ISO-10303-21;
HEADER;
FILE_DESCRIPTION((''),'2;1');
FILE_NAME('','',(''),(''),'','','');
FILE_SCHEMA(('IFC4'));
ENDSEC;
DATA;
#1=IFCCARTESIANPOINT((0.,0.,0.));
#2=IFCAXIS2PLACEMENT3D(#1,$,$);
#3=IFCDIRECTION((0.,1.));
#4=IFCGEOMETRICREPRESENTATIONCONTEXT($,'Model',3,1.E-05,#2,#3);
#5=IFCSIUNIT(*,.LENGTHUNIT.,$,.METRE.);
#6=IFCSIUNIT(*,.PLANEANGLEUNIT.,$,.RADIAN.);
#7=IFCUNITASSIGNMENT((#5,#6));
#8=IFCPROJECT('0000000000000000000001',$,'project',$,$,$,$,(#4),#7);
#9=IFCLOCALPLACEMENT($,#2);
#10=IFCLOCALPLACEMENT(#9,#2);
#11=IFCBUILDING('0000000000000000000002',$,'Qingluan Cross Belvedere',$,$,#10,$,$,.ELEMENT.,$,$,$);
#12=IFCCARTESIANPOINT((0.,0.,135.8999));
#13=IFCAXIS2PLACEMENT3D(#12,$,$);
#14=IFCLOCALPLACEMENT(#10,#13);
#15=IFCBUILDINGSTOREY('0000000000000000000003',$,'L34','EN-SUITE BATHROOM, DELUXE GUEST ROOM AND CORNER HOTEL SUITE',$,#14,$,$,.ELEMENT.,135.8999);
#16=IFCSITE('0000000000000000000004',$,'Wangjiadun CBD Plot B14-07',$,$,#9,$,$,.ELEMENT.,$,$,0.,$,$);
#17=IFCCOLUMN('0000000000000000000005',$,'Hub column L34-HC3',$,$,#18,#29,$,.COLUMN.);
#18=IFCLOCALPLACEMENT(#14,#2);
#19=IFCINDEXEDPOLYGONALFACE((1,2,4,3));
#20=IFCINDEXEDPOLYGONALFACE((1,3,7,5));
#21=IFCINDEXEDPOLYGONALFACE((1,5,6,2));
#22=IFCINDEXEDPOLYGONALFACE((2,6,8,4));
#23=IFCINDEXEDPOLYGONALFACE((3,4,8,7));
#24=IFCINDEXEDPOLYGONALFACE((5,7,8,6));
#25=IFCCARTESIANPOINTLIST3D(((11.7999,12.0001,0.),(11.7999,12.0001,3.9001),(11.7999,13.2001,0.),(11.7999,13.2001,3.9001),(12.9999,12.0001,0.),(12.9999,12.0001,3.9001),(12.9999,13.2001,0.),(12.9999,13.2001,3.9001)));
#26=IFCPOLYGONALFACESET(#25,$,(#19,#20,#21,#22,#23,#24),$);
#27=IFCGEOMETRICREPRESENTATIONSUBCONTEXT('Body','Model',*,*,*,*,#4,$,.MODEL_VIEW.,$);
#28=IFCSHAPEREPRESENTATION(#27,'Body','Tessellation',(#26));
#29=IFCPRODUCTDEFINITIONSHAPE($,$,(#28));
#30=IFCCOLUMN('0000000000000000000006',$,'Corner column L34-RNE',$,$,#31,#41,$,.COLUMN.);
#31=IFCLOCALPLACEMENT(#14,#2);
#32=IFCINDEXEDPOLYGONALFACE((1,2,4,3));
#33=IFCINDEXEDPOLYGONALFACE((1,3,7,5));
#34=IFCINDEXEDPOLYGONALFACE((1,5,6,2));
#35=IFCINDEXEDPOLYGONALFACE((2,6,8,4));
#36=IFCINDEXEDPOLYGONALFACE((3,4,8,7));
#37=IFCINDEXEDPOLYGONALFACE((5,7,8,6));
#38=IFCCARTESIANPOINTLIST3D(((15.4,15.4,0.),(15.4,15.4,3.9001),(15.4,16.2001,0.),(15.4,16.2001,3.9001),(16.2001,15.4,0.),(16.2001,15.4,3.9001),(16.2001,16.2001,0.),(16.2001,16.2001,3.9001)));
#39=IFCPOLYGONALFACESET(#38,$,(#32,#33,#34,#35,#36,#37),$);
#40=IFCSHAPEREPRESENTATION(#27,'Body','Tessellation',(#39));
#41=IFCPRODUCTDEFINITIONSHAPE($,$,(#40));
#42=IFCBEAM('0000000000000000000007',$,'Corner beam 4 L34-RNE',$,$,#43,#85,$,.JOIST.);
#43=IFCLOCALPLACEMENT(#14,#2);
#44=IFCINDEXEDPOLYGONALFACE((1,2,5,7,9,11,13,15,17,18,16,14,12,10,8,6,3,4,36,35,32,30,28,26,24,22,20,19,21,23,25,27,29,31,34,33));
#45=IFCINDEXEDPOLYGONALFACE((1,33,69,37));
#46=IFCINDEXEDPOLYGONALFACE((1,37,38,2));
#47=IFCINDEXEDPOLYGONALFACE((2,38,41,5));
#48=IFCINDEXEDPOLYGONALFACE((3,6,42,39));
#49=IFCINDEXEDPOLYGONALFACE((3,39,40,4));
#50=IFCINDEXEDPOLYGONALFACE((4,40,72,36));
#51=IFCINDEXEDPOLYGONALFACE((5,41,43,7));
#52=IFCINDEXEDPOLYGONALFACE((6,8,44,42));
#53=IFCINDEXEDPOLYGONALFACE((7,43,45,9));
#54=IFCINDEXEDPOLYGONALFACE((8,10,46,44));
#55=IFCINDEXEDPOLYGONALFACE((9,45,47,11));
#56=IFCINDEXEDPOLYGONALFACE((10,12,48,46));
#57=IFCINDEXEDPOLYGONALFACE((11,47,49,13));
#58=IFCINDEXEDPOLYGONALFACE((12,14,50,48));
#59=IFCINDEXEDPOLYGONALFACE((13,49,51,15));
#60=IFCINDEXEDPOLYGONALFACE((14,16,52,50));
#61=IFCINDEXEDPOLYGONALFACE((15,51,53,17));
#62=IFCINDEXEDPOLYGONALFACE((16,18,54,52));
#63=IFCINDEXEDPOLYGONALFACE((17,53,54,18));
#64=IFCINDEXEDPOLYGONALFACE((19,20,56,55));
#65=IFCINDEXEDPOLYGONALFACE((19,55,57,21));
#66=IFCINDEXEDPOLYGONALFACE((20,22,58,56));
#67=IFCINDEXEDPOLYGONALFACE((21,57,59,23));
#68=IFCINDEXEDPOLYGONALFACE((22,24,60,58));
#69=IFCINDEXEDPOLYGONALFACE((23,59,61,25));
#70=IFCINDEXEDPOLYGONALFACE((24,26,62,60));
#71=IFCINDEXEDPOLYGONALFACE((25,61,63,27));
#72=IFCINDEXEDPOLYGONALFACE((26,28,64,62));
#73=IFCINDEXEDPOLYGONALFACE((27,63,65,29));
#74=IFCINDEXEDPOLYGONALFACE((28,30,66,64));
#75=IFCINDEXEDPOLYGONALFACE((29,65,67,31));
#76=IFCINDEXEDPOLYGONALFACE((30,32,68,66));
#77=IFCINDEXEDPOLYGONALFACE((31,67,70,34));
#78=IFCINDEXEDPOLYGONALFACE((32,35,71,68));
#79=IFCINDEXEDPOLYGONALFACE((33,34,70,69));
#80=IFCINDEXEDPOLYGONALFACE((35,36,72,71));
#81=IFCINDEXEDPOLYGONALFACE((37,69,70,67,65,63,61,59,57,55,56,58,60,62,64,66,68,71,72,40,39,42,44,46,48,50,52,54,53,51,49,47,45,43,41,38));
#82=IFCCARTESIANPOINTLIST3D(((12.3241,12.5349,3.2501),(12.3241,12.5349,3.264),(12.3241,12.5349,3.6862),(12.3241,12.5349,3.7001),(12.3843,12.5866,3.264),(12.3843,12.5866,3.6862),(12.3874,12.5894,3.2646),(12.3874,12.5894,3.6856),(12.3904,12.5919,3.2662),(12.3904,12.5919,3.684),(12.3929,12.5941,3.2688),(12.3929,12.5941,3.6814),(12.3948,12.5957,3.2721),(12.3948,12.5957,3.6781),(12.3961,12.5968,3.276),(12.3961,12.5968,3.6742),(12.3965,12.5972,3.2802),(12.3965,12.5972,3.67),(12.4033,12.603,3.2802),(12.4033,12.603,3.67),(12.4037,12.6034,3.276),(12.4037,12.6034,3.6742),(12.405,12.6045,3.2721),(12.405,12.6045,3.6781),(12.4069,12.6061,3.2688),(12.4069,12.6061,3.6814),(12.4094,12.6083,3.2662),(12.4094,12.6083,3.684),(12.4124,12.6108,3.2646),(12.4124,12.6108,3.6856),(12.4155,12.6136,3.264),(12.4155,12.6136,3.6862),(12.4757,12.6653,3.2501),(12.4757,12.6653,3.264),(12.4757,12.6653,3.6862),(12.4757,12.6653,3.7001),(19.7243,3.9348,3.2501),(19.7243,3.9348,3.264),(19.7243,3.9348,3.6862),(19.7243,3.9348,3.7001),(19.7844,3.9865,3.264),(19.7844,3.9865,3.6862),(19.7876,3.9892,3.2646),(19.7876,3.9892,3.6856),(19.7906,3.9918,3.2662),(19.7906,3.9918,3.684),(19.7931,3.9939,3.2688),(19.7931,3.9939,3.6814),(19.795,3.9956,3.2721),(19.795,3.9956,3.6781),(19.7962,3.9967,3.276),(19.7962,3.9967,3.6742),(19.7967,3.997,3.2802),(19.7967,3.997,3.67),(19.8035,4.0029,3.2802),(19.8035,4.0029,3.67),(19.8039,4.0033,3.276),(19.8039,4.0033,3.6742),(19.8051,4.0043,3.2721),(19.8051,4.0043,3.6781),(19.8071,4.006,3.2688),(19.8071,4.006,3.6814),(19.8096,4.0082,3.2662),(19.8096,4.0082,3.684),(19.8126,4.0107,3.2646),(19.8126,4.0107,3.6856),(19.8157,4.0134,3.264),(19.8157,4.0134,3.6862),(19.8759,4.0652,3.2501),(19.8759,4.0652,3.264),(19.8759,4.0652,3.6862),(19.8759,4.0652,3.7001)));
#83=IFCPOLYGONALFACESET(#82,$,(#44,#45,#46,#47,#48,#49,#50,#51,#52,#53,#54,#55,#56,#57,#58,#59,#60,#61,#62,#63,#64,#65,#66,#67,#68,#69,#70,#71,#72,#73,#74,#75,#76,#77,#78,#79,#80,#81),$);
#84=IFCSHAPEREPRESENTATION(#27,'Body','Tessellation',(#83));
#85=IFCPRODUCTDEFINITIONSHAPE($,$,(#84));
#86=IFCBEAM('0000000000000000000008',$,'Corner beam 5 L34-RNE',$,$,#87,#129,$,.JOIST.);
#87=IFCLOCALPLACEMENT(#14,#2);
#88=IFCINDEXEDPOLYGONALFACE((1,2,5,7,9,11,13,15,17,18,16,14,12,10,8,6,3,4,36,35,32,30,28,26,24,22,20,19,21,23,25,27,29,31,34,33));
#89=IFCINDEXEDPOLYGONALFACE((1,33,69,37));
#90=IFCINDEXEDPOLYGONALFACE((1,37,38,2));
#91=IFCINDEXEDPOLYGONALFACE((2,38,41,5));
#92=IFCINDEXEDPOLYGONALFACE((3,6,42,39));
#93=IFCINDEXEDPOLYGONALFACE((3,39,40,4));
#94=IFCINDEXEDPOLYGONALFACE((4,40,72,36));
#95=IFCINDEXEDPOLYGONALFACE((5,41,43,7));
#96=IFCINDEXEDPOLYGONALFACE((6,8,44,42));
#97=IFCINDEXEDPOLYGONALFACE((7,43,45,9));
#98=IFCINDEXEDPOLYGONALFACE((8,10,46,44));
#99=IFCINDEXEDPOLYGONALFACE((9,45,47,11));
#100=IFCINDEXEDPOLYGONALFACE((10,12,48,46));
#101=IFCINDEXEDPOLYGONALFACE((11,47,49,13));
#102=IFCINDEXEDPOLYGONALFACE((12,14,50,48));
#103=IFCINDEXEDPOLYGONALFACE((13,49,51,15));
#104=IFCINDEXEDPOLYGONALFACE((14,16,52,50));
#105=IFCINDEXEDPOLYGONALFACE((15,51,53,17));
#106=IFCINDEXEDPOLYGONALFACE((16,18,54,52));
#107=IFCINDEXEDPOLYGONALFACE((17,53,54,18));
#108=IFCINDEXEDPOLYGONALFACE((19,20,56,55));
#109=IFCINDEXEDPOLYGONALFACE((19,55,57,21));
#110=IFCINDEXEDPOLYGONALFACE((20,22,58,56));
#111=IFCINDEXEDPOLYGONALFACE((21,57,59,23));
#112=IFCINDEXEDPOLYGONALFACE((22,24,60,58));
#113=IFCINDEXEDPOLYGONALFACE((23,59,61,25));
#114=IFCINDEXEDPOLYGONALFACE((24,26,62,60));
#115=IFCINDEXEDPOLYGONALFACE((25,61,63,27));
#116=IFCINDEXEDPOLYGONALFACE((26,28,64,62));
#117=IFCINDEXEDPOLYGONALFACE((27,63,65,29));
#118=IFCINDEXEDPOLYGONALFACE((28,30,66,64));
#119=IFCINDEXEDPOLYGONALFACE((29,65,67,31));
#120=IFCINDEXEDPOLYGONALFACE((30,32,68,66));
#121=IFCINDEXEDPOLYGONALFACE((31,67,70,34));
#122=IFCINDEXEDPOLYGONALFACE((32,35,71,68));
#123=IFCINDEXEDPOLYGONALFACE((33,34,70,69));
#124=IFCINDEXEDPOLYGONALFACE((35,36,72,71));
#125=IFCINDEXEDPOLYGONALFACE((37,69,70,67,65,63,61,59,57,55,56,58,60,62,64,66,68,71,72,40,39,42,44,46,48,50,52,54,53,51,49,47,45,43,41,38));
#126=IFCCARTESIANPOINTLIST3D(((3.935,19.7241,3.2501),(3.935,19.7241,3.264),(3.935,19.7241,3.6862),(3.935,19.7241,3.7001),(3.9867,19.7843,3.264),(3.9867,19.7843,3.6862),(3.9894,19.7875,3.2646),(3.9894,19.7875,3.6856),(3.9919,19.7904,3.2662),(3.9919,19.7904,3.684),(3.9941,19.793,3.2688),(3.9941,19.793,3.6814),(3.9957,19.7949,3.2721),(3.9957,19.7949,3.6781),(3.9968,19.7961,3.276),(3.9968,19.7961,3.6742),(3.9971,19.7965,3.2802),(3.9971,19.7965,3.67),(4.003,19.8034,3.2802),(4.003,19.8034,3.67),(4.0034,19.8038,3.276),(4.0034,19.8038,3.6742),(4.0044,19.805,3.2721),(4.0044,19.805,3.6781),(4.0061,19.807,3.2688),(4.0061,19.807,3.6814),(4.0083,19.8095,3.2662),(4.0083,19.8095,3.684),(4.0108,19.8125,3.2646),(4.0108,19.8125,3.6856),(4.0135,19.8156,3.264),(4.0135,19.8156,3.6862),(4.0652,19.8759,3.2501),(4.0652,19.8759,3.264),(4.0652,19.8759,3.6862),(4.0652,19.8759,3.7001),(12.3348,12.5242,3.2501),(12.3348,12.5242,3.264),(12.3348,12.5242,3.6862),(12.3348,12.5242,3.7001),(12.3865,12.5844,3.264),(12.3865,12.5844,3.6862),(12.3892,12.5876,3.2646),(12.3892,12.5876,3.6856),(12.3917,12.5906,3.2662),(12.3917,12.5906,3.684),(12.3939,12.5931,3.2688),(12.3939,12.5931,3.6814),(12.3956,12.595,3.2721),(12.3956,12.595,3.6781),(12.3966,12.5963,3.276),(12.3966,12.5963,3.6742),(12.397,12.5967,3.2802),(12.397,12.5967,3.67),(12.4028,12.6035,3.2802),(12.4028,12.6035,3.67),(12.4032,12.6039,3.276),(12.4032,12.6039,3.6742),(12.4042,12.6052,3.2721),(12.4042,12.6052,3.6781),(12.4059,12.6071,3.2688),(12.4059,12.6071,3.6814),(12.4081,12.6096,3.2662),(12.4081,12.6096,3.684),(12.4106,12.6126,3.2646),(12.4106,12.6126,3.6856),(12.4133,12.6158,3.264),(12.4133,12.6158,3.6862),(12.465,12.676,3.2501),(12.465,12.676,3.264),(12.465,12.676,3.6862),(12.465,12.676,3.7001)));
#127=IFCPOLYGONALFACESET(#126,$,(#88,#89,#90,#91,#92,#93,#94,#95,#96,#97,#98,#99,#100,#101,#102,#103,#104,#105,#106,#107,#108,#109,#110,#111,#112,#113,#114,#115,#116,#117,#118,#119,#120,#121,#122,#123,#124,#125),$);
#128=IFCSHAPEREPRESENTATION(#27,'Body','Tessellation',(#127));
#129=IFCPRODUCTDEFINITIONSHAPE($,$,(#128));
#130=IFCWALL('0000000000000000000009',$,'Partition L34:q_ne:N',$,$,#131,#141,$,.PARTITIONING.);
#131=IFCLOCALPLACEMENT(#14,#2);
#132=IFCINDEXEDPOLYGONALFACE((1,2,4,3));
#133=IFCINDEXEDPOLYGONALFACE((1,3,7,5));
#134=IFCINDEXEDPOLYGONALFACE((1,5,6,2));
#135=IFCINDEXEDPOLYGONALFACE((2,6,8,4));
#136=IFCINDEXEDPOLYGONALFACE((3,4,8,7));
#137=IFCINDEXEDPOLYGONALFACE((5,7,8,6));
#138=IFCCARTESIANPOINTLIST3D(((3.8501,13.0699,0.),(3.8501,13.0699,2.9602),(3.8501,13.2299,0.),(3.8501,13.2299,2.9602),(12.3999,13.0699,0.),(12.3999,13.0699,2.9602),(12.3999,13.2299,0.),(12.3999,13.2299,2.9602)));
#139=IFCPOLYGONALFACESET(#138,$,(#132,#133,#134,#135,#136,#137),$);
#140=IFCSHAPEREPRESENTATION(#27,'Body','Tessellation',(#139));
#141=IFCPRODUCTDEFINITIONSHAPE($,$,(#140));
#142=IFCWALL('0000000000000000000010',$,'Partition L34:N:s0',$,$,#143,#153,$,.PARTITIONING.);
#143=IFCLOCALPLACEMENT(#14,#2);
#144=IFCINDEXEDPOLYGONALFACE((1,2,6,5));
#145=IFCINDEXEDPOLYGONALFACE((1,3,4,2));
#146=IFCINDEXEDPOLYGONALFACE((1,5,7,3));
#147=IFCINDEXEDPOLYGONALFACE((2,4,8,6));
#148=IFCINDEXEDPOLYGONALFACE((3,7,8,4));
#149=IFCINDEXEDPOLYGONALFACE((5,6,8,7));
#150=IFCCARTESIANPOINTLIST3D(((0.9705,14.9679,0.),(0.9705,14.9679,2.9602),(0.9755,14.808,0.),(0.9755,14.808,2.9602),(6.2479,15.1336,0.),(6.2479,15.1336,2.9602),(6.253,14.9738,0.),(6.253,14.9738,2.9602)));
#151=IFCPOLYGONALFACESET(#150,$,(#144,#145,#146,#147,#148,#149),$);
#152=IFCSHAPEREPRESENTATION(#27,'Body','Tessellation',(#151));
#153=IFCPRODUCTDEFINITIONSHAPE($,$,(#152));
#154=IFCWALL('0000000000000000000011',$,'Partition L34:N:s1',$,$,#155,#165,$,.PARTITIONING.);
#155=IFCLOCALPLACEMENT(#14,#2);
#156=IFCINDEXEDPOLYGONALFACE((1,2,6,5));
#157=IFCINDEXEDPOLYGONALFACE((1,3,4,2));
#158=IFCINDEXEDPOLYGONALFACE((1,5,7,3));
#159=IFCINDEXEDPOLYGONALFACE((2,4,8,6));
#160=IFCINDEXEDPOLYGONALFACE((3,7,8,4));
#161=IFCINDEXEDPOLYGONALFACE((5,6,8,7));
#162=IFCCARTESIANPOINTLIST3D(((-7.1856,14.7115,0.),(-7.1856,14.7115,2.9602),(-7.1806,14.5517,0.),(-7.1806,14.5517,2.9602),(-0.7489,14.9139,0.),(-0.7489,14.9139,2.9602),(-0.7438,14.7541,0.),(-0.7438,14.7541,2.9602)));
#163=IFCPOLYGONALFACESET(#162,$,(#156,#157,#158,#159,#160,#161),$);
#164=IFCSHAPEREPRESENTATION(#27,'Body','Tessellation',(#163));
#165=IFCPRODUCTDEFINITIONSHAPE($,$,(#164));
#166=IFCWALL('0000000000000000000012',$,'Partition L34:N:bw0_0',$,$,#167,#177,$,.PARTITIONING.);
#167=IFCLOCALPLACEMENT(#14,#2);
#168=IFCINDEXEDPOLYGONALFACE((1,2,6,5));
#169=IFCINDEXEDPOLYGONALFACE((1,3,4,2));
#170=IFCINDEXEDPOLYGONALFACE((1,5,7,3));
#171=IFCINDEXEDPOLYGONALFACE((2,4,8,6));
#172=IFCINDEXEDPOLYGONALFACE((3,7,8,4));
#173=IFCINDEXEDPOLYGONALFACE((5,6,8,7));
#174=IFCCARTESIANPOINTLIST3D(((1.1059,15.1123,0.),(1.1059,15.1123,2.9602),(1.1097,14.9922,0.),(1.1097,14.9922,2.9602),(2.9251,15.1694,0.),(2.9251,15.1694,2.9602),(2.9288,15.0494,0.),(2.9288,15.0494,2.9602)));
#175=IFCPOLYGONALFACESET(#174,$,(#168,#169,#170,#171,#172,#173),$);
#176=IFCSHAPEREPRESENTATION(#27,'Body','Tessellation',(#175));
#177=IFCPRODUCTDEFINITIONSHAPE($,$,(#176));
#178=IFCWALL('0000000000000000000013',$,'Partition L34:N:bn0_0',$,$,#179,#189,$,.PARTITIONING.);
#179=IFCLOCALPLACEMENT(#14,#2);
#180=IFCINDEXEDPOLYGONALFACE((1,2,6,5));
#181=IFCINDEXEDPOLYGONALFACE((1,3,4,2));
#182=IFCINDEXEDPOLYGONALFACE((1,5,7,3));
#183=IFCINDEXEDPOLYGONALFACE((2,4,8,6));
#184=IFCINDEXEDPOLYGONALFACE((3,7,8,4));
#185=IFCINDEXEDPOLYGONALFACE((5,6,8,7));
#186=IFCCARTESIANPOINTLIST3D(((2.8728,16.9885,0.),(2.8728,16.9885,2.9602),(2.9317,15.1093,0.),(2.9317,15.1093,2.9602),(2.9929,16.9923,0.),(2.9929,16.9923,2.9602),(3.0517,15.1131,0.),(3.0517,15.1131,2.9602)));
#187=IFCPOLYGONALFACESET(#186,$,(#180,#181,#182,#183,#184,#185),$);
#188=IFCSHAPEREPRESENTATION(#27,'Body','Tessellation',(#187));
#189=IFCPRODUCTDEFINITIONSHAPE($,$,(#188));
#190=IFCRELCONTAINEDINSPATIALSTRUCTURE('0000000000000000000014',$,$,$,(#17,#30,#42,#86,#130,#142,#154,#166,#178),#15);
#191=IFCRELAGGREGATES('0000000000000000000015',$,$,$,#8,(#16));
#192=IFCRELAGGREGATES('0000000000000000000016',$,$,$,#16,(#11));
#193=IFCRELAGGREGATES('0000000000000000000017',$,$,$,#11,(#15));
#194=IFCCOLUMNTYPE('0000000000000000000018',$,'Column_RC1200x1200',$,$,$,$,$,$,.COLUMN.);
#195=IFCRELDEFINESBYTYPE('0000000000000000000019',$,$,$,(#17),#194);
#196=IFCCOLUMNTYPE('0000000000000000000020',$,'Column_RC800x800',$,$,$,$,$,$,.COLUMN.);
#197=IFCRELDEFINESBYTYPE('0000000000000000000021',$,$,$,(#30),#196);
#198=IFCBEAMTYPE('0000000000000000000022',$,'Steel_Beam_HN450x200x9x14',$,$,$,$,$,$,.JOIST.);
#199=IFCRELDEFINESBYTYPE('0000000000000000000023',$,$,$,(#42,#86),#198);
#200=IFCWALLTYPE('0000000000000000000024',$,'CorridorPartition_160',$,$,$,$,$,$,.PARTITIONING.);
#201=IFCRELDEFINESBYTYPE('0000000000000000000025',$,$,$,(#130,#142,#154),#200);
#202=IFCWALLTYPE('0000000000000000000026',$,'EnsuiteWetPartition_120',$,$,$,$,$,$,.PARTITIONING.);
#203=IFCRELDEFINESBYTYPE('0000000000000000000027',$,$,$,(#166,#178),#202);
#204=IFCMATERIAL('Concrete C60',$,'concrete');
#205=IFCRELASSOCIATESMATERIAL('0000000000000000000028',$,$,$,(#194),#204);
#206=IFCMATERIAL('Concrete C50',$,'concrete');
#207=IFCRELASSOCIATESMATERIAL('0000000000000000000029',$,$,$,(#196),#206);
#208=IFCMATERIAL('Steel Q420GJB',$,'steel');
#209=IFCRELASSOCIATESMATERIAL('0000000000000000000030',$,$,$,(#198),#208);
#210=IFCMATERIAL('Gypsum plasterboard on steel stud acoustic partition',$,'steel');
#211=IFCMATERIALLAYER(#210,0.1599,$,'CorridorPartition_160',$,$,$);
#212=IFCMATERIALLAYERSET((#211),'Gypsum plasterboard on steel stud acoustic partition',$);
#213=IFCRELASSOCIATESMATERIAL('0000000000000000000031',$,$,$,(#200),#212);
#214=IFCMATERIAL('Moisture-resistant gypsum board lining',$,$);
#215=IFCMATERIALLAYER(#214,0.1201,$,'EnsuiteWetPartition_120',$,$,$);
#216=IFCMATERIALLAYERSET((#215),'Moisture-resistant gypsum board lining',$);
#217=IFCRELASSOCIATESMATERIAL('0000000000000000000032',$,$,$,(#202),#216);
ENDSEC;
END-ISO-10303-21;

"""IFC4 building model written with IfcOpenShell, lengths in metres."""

from ifc_helpers import new_model, si_unit, direction, frame, frame_2d, origin, origin_2d, place, context, subcontext, project, spatial, rectangle, i_section, extrude, material, layer, layer_set, material_profile, profile_set, type_object, element, save


model = new_model("IFC4")

# Units and contexts
model_context = context("Model", 3, precision=1e-05, world=origin(), true_north=direction((0.0, 1.0)))
body_context = subcontext(model_context, "Body", "Model", "MODEL_VIEW")
ifc_project = project(units=[si_unit("LENGTHUNIT", "METRE"), si_unit("PLANEANGLEUNIT", "RADIAN")], contexts=[model_context])

# Site, building, storey
site_placement = place(None, origin())
site = spatial("IfcSite", under=ifc_project, at=site_placement, Name="Wangjiadun CBD Plot B14-07", CompositionType="ELEMENT", RefElevation=0.0)
building_placement = place(site_placement, origin())
building = spatial("IfcBuilding", under=site, at=building_placement, Name="Qingluan Cross Belvedere", CompositionType="ELEMENT")
storey_placement = place(building_placement, frame((0.0, 0.0, 135.8999)))
storey = spatial("IfcBuildingStorey", under=building, at=storey_placement, Name="L34", Description="EN-SUITE BATHROOM, DELUXE GUEST ROOM AND CORNER HOTEL SUITE", CompositionType="ELEMENT", Elevation=135.8999)

# Columns
ifc_material_1 = material(Name="Concrete C60", Category="concrete")
ifc_material_profile_1 = material_profile(ifc_material_1, rectangle(XDim=1.2, YDim=1.2, at=origin_2d()), Name="RC1200x1200")
ifc_profile_set_1 = profile_set([ifc_material_profile_1], Name="Concrete C60")
column_type_1 = type_object("IfcColumnType", Name="Column_RC1200x1200", PredefinedType="COLUMN", material=ifc_profile_set_1)
column_1_placement = place(storey_placement, frame((12.3999, 12.6001, 0.0), z_axis=(0.0, 0.0, 1.0), x_axis=(1.0, 0.0, 0.0)))
element("IfcColumn", 1, at=column_1_placement, inside=storey, type_object=column_type_1, Name="Hub column L34-HC3", PredefinedType="COLUMN", context=body_context, shape_type="SweptSolid", body=[
    extrude(rectangle(XDim=1.2, YDim=1.2, at=origin_2d()), origin(), (0.0, 0.0, 1.0), 3.9001),
])
ifc_material_2 = material(Name="Concrete C50", Category="concrete")
ifc_material_profile_2 = material_profile(ifc_material_2, rectangle(XDim=0.8, YDim=0.8, at=origin_2d()), Name="RC800x800")
ifc_profile_set_2 = profile_set([ifc_material_profile_2], Name="Concrete C50")
column_type_2 = type_object("IfcColumnType", Name="Column_RC800x800", PredefinedType="COLUMN", material=ifc_profile_set_2)
column_2_placement = place(storey_placement, frame((15.8, 15.8, 0.0), z_axis=(0.0, 0.0, 1.0), x_axis=(1.0, 0.0, 0.0)))
element("IfcColumn", 2, at=column_2_placement, inside=storey, type_object=column_type_2, Name="Corner column L34-RNE", PredefinedType="COLUMN", context=body_context, shape_type="SweptSolid", body=[
    extrude(rectangle(XDim=0.8, YDim=0.8, at=origin_2d()), origin(), (0.0, 0.0, 1.0), 3.9001),
])

# Beams
ifc_material_3 = material(Name="Steel Q420GJB", Category="steel")
ifc_material_profile_3 = material_profile(ifc_material_3, i_section(OverallWidth=0.2, OverallDepth=0.45, WebThickness=0.009, FlangeThickness=0.0139, FilletRadius=0.0161, at=origin_2d()), Name="HN450x200x9x14")
ifc_profile_set_3 = profile_set([ifc_material_profile_3], Name="Steel Q420GJB")
beam_type = type_object("IfcBeamType", Name="Steel_Beam_HN450x200x9x14", PredefinedType="JOIST", material=ifc_profile_set_3)
beam_1_placement = place(storey_placement, frame((12.3999, 12.6001, 3.4751), z_axis=(0.652245, -0.758008, 0.0), x_axis=(0.758008, 0.652245, 0.0)))
element("IfcBeam", 3, at=beam_1_placement, inside=storey, type_object=beam_type, Name="Corner beam 4 L34-RNE", PredefinedType="JOIST", context=body_context, shape_type="SweptSolid", body=[
    extrude(i_section(OverallWidth=0.2, OverallDepth=0.45, WebThickness=0.009, FlangeThickness=0.0139, FilletRadius=0.0161, at=origin_2d()), origin(), (0.0, 0.0, 1.0), 11.3457),
])
beam_2_placement = place(storey_placement, frame((12.3999, 12.6001, 3.4751), z_axis=(-0.759255, 0.650793, 0.0), x_axis=(-0.650793, -0.759255, 0.0)))
element("IfcBeam", 4, at=beam_2_placement, inside=storey, type_object=beam_type, Name="Corner beam 5 L34-RNE", PredefinedType="JOIST", context=body_context, shape_type="SweptSolid", body=[
    extrude(i_section(OverallWidth=0.2, OverallDepth=0.45, WebThickness=0.009, FlangeThickness=0.0139, FilletRadius=0.0161, at=origin_2d()), origin(), (0.0, 0.0, 1.0), 11.0632),
])

# Wall
ifc_material_4 = material(Name="Gypsum plasterboard on steel stud acoustic partition", Category="steel")
ifc_layer_1 = layer(ifc_material_4, 0.1599, Name="CorridorPartition_160")
ifc_layer_set_1 = layer_set([ifc_layer_1], Name="Gypsum plasterboard on steel stud acoustic partition")
wall_type_1 = type_object("IfcWallType", Name="CorridorPartition_160", PredefinedType="PARTITIONING", material=ifc_layer_set_1)
wall_1_placement = place(storey_placement, frame((3.8501, 13.1499, 0.0), z_axis=(0.0, 0.0, 1.0), x_axis=(1.0, 0.0, 0.0)))
element("IfcWall", 5, at=wall_1_placement, inside=storey, type_object=wall_type_1, Name="Partition L34:q_ne:N", PredefinedType="PARTITIONING", context=body_context, shape_type="SweptSolid", body=[
    extrude(rectangle(XDim=8.5498, YDim=0.1599, at=frame_2d((4.2749, 0.0))), origin(), (0.0, 0.0, 1.0), 2.9602),
])

# Wall
wall_2_placement = place(storey_placement, frame((0.9729, 14.8879, 0.0), z_axis=(0.0, 0.0, 1.0), x_axis=(0.999507, 0.031396, 0.0)))
element("IfcWall", 6, at=wall_2_placement, inside=storey, type_object=wall_type_1, Name="Partition L34:N:s0", PredefinedType="PARTITIONING", context=body_context, shape_type="SweptSolid", body=[
    extrude(rectangle(XDim=5.28, YDim=0.1599, at=frame_2d((2.6401, 0.0))), origin(), (0.0, 0.0, 1.0), 2.9602),
])

# Walls
wall_3_placement = place(storey_placement, frame((-0.7463, 14.834, 0.0), z_axis=(0.0, 0.0, 1.0), x_axis=(-0.999506, -0.031428, 0.0)))
element("IfcWall", 7, at=wall_3_placement, inside=storey, type_object=wall_type_1, Name="Partition L34:N:s1", PredefinedType="PARTITIONING", context=body_context, shape_type="SweptSolid", body=[
    extrude(rectangle(XDim=6.4399, YDim=0.1599, at=frame_2d((3.22, 0.0))), origin(), (0.0, 0.0, 1.0), 2.9602),
])
ifc_material_5 = material(Name="Moisture-resistant gypsum board lining")
ifc_layer_2 = layer(ifc_material_5, 0.1201, Name="EnsuiteWetPartition_120")
ifc_layer_set_2 = layer_set([ifc_layer_2], Name="Moisture-resistant gypsum board lining")
wall_type_2 = type_object("IfcWallType", Name="EnsuiteWetPartition_120", PredefinedType="PARTITIONING", material=ifc_layer_set_2)
wall_4_placement = place(storey_placement, frame((1.1077, 15.0522, 0.0), z_axis=(0.0, 0.0, 1.0), x_axis=(0.999507, 0.03139, 0.0)))
element("IfcWall", 8, at=wall_4_placement, inside=storey, type_object=wall_type_2, Name="Partition L34:N:bw0_0", PredefinedType="PARTITIONING", context=body_context, shape_type="SweptSolid", body=[
    extrude(rectangle(XDim=1.8201, YDim=0.1201, at=frame_2d((0.9102, 0.0))), origin(), (0.0, 0.0, 1.0), 2.9602),
])
wall_5_placement = place(storey_placement, frame((2.9917, 15.1113, 0.0), z_axis=(0.0, 0.0, 1.0), x_axis=(-0.031296, 0.99951, 0.0)))
element("IfcWall", 9, at=wall_5_placement, inside=storey, type_object=wall_type_2, Name="Partition L34:N:bn0_0", PredefinedType="PARTITIONING", context=body_context, shape_type="SweptSolid", body=[
    extrude(rectangle(XDim=1.8801, YDim=0.1201, at=frame_2d((0.9399, 0.0))), origin(), (0.0, 0.0, 1.0), 2.9602),
])

save(model, "model.ifc")
